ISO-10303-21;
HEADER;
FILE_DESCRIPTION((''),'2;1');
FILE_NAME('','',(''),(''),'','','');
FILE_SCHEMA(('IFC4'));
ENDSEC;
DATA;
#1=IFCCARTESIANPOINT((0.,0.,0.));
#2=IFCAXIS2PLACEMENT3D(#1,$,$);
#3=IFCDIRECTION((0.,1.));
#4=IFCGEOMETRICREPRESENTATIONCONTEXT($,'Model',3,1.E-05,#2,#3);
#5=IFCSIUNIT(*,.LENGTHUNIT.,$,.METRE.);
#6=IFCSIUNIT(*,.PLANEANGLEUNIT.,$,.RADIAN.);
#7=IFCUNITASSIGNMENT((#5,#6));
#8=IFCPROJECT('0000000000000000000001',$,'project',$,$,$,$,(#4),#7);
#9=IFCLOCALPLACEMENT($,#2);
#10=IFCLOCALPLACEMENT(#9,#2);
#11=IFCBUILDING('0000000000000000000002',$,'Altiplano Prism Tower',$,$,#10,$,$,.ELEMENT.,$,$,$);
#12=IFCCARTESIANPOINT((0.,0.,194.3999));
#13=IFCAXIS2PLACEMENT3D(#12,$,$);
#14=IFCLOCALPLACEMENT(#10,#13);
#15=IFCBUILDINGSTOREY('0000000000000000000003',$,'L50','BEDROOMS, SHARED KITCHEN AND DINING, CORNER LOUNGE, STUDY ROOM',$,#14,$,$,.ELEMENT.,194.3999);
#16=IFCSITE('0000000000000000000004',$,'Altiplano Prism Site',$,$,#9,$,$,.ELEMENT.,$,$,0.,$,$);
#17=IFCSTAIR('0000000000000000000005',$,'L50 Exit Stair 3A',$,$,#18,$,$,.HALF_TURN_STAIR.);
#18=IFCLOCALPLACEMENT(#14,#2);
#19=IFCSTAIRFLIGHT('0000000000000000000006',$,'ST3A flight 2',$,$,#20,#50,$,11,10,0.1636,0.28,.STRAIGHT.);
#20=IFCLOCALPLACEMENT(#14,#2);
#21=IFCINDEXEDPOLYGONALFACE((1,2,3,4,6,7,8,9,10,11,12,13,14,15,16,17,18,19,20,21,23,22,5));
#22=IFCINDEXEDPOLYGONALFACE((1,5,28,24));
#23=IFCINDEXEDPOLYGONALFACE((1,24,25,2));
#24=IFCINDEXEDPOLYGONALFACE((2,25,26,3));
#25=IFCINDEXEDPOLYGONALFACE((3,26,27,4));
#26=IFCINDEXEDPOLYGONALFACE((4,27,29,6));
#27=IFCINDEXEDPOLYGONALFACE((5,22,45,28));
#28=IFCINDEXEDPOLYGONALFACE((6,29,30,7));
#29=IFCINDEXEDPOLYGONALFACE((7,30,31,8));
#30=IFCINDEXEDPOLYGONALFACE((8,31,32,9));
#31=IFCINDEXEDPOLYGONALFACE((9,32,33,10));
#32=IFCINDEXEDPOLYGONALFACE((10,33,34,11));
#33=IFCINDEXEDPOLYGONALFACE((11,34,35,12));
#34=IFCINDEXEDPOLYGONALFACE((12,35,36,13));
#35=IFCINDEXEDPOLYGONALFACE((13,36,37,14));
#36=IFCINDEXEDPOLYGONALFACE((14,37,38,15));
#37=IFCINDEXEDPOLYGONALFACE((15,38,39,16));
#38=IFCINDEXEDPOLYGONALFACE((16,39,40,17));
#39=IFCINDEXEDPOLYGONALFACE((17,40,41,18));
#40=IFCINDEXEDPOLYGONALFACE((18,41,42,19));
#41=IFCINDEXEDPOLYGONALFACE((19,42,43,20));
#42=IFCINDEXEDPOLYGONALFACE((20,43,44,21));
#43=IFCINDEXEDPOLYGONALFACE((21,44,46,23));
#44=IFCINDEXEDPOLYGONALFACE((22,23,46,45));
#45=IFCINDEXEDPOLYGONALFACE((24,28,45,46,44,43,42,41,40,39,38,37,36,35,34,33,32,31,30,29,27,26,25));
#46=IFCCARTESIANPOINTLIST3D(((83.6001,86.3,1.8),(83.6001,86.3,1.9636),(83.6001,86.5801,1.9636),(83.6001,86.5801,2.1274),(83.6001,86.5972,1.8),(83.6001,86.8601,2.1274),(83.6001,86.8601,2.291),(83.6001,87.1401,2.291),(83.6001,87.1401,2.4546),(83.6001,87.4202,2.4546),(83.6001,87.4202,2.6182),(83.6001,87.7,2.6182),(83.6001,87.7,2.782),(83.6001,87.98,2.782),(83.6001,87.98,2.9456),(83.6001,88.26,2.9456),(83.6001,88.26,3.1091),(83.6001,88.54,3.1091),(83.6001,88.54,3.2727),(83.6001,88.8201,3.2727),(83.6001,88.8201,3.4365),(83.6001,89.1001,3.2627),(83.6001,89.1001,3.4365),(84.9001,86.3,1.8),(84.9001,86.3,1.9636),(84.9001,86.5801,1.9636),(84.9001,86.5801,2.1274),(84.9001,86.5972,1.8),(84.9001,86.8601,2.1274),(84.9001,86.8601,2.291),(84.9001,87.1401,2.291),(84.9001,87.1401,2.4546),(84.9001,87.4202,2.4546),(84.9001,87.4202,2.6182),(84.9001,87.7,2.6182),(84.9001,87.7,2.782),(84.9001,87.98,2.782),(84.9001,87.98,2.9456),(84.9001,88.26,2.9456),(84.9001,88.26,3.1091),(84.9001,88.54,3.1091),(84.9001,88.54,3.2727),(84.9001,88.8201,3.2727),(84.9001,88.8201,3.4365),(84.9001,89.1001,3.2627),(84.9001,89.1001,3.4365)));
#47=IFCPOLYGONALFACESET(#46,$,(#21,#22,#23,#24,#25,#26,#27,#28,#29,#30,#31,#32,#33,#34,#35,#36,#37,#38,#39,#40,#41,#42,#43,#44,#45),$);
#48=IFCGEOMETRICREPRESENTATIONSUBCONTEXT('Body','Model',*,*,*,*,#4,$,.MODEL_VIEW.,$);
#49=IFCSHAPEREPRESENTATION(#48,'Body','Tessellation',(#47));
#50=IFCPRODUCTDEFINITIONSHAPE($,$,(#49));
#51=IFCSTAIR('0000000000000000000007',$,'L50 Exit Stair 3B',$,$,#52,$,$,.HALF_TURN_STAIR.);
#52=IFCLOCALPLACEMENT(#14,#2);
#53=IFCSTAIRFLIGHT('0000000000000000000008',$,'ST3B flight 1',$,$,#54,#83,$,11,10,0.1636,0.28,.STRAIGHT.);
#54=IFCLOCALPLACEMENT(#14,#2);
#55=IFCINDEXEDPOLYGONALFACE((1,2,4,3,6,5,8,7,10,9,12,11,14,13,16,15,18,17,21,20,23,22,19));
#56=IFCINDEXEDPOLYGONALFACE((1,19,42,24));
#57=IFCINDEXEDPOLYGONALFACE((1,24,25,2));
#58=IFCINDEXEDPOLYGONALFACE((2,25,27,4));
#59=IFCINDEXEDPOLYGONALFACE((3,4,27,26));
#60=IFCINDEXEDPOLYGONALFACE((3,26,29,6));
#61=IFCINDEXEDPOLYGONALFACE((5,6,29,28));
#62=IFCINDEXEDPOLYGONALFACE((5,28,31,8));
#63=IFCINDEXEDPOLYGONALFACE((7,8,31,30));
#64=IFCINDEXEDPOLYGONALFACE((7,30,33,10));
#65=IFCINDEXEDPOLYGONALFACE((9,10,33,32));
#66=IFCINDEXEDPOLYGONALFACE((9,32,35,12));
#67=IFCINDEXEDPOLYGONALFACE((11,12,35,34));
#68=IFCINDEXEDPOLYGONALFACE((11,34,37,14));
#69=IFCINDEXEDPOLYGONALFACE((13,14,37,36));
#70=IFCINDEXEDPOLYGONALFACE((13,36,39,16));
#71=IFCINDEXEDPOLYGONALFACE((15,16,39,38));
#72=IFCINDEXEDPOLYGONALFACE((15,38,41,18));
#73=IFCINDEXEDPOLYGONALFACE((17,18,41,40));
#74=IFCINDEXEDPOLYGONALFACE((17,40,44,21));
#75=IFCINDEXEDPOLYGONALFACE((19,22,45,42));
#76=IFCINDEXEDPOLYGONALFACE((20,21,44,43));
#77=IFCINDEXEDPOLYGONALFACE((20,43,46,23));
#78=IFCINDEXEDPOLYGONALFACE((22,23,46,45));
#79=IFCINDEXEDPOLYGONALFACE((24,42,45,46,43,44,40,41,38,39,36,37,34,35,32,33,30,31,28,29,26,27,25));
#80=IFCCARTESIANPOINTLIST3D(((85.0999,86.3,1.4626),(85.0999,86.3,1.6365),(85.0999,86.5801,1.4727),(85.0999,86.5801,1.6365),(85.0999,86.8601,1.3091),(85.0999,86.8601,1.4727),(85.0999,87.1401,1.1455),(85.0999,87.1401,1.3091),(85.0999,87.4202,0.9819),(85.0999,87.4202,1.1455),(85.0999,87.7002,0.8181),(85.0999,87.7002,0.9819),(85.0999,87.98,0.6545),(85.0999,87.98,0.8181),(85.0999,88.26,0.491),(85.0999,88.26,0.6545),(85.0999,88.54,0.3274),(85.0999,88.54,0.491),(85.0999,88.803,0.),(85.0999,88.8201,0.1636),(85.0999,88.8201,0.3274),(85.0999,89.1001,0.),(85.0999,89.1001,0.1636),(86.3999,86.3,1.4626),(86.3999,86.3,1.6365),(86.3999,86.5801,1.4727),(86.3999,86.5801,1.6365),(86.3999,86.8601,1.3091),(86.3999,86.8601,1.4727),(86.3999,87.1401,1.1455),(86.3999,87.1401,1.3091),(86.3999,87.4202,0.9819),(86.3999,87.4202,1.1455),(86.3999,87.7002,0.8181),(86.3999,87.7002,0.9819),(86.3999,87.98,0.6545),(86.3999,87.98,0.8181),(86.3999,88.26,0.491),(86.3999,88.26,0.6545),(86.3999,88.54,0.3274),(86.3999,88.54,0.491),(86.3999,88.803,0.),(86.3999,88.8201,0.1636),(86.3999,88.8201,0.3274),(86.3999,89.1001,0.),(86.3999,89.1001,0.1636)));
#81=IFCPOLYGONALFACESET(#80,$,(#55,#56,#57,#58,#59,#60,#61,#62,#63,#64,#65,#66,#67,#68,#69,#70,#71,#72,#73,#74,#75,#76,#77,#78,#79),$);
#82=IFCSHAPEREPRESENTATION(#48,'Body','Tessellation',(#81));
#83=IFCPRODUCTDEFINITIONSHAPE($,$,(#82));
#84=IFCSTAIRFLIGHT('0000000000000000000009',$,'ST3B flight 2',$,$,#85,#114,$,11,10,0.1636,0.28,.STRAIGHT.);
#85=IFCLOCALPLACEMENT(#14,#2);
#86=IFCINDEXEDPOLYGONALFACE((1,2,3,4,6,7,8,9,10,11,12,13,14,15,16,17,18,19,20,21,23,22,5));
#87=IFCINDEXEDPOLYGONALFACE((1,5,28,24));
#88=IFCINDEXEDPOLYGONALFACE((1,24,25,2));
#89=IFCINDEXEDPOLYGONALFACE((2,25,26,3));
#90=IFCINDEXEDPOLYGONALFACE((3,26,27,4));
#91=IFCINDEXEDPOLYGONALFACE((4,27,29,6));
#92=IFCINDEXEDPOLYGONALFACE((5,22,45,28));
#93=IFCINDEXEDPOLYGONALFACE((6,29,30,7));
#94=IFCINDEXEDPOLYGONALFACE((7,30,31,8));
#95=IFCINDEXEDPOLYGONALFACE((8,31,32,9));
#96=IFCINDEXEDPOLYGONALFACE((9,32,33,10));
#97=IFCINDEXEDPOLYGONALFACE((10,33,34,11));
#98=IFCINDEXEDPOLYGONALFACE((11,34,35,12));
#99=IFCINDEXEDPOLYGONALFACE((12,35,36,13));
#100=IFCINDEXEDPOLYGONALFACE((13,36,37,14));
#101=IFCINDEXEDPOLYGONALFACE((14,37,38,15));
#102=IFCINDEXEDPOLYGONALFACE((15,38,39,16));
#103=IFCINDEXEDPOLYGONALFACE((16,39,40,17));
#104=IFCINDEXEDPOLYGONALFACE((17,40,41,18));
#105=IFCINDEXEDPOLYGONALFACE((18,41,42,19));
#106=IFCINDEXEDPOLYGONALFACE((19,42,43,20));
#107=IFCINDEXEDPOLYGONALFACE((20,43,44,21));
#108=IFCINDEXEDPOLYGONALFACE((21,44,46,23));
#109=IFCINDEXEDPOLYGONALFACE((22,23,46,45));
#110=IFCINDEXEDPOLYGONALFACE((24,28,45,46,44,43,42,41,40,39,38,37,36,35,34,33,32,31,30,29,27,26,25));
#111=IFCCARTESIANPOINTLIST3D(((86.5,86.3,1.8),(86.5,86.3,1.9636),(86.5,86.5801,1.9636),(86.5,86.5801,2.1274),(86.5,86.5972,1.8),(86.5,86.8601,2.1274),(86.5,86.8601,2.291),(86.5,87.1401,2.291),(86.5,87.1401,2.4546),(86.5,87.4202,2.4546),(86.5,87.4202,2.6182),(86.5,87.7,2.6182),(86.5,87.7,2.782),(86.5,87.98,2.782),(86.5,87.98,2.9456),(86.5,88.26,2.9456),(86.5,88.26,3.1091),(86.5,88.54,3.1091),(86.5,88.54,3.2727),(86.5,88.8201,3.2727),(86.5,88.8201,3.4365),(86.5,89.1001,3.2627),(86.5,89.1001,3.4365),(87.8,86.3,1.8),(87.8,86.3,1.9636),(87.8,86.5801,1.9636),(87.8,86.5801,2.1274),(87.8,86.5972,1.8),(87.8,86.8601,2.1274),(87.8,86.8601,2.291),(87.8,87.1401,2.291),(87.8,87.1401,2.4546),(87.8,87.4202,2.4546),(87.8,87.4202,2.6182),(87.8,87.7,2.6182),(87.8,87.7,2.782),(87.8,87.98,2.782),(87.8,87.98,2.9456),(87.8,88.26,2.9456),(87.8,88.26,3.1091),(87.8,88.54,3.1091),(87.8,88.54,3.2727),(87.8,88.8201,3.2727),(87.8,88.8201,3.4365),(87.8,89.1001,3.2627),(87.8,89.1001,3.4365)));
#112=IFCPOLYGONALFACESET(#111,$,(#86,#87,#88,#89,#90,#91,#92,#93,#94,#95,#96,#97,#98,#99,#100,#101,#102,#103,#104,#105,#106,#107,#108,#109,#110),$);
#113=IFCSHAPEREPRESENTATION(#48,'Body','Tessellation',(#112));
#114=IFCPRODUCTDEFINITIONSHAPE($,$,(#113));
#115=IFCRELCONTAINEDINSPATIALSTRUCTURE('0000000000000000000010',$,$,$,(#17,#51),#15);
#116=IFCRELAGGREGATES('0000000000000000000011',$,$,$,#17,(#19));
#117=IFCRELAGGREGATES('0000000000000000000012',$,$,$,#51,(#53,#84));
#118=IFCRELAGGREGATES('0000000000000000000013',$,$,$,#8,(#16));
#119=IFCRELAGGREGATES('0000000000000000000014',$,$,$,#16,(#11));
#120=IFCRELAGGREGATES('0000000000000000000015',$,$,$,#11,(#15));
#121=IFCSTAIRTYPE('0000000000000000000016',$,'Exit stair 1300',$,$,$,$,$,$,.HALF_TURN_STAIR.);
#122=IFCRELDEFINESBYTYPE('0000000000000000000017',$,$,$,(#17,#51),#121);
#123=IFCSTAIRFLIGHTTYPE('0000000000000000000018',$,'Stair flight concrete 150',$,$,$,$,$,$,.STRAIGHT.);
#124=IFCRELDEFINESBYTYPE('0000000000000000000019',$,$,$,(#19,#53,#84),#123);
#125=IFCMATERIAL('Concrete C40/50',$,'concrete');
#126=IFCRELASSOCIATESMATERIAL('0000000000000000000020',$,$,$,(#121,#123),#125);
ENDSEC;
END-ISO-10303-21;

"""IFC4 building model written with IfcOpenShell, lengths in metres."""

from ifc_helpers import new_model, si_unit, direction, frame, origin, place, context, subcontext, project, spatial, polyline, outline, extrude, material, type_object, element, aggregate, save


model = new_model("IFC4")

# Units and contexts
model_context = context("Model", 3, precision=1e-05, world=origin(), true_north=direction((0.0, 1.0)))
body_context = subcontext(model_context, "Body", "Model", "MODEL_VIEW")
ifc_project = project(units=[si_unit("LENGTHUNIT", "METRE"), si_unit("PLANEANGLEUNIT", "RADIAN")], contexts=[model_context])

# Site, building, storey
site_placement = place(None, origin())
site = spatial("IfcSite", under=ifc_project, at=site_placement, Name="Altiplano Prism Site", CompositionType="ELEMENT", RefElevation=0.0)
building_placement = place(site_placement, origin())
building = spatial("IfcBuilding", under=site, at=building_placement, Name="Altiplano Prism Tower", CompositionType="ELEMENT")
storey_placement = place(building_placement, frame((0.0, 0.0, 194.3999)))
storey = spatial("IfcBuildingStorey", under=building, at=storey_placement, Name="L50", Description="BEDROOMS, SHARED KITCHEN AND DINING, CORNER LOUNGE, STUDY ROOM", CompositionType="ELEMENT", Elevation=194.3999)

# Stairs, stair flights
ifc_material_1 = material(Name="Concrete C40/50", Category="concrete")
stair_type = type_object("IfcStairType", Name="Exit stair 1300", PredefinedType="HALF_TURN_STAIR", material=ifc_material_1)
stair_1_placement = place(storey_placement, origin())
stair_1 = element("IfcStair", 1, at=stair_1_placement, inside=storey, type_object=stair_type, Name="L50 Exit Stair 3A", PredefinedType="HALF_TURN_STAIR")
stair_flight_type = type_object("IfcStairFlightType", Name="Stair flight concrete 150", PredefinedType="STRAIGHT", material=ifc_material_1)
stair_flight_1_placement = place(storey_placement, frame((84.25, 86.3, 1.8), z_axis=(0.0, 0.0, 1.0), x_axis=(0.0, 1.0, 0.0)))
stair_flight_1 = element("IfcStairFlight", 2, at=stair_flight_1_placement, type_object=stair_flight_type, Name="ST3A flight 2", NumberOfRisers=11, NumberOfTreads=10, PredefinedType="STRAIGHT", RiserHeight=0.1636, TreadLength=0.28, context=body_context, shape_type="SweptSolid", body=[
    extrude(outline(polyline([(0.0, 0.0), (0.0, 0.1636), (0.28, 0.1636), (0.28, 0.3274), (0.5601, 0.3274), (0.5601, 0.491), (0.8401, 0.491), (0.8401, 0.6545), (1.1201, 0.6545), (1.1201, 0.8181), (1.3999, 0.8181), (1.3999, 0.9819), (1.6799, 0.9819), (1.6799, 1.1455), (1.96, 1.1455), (1.96, 1.3091), (2.24, 1.3091), (2.24, 1.4727), (2.52, 1.4727), (2.52, 1.6365), (2.8, 1.6365), (2.8, 1.8), (2.8, 1.4626), (0.2971, 0.0), (0.0, 0.0)])), frame((0.0, 0.6499, 0.0), z_axis=(0.0, -1.0, 0.0), x_axis=(1.0, 0.0, 0.0)), (0.0, 0.0, 1.0), 1.3),
])
aggregate(stair_1, [stair_flight_1])
stair_2_placement = place(storey_placement, origin())
stair_2 = element("IfcStair", 3, at=stair_2_placement, inside=storey, type_object=stair_type, Name="L50 Exit Stair 3B", PredefinedType="HALF_TURN_STAIR")
stair_flight_2_placement = place(storey_placement, frame((85.75, 89.1001, 0.0), z_axis=(0.0, 0.0, 1.0), x_axis=(0.0, -1.0, 0.0)))
stair_flight_2 = element("IfcStairFlight", 4, at=stair_flight_2_placement, type_object=stair_flight_type, Name="ST3B flight 1", NumberOfRisers=11, NumberOfTreads=10, PredefinedType="STRAIGHT", RiserHeight=0.1636, TreadLength=0.28, context=body_context, shape_type="SweptSolid", body=[
    extrude(outline(polyline([(0.0, 0.0), (0.0, 0.1636), (0.28, 0.1636), (0.28, 0.3274), (0.5601, 0.3274), (0.5601, 0.491), (0.8401, 0.491), (0.8401, 0.6545), (1.1201, 0.6545), (1.1201, 0.8181), (1.3999, 0.8181), (1.3999, 0.9819), (1.6799, 0.9819), (1.6799, 1.1455), (1.96, 1.1455), (1.96, 1.3091), (2.24, 1.3091), (2.24, 1.4727), (2.52, 1.4727), (2.52, 1.6365), (2.8, 1.6365), (2.8, 1.8), (2.8, 1.4626), (0.2971, 0.0), (0.0, 0.0)])), frame((0.0, 0.6499, 0.0), z_axis=(0.0, -1.0, 0.0), x_axis=(1.0, 0.0, 0.0)), (0.0, 0.0, 1.0), 1.3),
])
stair_flight_3_placement = place(storey_placement, frame((87.1499, 86.3, 1.8), z_axis=(0.0, 0.0, 1.0), x_axis=(0.0, 1.0, 0.0)))
stair_flight_3 = element("IfcStairFlight", 5, at=stair_flight_3_placement, type_object=stair_flight_type, Name="ST3B flight 2", NumberOfRisers=11, NumberOfTreads=10, PredefinedType="STRAIGHT", RiserHeight=0.1636, TreadLength=0.28, context=body_context, shape_type="SweptSolid", body=[
    extrude(outline(polyline([(0.0, 0.0), (0.0, 0.1636), (0.28, 0.1636), (0.28, 0.3274), (0.5601, 0.3274), (0.5601, 0.491), (0.8401, 0.491), (0.8401, 0.6545), (1.1201, 0.6545), (1.1201, 0.8181), (1.3999, 0.8181), (1.3999, 0.9819), (1.6799, 0.9819), (1.6799, 1.1455), (1.96, 1.1455), (1.96, 1.3091), (2.24, 1.3091), (2.24, 1.4727), (2.52, 1.4727), (2.52, 1.6365), (2.8, 1.6365), (2.8, 1.8), (2.8, 1.4626), (0.2971, 0.0), (0.0, 0.0)])), frame((0.0, 0.6499, 0.0), z_axis=(0.0, -1.0, 0.0), x_axis=(1.0, 0.0, 0.0)), (0.0, 0.0, 1.0), 1.3),
])
aggregate(stair_2, [stair_flight_2, stair_flight_3])

save(model, "model.ifc")
